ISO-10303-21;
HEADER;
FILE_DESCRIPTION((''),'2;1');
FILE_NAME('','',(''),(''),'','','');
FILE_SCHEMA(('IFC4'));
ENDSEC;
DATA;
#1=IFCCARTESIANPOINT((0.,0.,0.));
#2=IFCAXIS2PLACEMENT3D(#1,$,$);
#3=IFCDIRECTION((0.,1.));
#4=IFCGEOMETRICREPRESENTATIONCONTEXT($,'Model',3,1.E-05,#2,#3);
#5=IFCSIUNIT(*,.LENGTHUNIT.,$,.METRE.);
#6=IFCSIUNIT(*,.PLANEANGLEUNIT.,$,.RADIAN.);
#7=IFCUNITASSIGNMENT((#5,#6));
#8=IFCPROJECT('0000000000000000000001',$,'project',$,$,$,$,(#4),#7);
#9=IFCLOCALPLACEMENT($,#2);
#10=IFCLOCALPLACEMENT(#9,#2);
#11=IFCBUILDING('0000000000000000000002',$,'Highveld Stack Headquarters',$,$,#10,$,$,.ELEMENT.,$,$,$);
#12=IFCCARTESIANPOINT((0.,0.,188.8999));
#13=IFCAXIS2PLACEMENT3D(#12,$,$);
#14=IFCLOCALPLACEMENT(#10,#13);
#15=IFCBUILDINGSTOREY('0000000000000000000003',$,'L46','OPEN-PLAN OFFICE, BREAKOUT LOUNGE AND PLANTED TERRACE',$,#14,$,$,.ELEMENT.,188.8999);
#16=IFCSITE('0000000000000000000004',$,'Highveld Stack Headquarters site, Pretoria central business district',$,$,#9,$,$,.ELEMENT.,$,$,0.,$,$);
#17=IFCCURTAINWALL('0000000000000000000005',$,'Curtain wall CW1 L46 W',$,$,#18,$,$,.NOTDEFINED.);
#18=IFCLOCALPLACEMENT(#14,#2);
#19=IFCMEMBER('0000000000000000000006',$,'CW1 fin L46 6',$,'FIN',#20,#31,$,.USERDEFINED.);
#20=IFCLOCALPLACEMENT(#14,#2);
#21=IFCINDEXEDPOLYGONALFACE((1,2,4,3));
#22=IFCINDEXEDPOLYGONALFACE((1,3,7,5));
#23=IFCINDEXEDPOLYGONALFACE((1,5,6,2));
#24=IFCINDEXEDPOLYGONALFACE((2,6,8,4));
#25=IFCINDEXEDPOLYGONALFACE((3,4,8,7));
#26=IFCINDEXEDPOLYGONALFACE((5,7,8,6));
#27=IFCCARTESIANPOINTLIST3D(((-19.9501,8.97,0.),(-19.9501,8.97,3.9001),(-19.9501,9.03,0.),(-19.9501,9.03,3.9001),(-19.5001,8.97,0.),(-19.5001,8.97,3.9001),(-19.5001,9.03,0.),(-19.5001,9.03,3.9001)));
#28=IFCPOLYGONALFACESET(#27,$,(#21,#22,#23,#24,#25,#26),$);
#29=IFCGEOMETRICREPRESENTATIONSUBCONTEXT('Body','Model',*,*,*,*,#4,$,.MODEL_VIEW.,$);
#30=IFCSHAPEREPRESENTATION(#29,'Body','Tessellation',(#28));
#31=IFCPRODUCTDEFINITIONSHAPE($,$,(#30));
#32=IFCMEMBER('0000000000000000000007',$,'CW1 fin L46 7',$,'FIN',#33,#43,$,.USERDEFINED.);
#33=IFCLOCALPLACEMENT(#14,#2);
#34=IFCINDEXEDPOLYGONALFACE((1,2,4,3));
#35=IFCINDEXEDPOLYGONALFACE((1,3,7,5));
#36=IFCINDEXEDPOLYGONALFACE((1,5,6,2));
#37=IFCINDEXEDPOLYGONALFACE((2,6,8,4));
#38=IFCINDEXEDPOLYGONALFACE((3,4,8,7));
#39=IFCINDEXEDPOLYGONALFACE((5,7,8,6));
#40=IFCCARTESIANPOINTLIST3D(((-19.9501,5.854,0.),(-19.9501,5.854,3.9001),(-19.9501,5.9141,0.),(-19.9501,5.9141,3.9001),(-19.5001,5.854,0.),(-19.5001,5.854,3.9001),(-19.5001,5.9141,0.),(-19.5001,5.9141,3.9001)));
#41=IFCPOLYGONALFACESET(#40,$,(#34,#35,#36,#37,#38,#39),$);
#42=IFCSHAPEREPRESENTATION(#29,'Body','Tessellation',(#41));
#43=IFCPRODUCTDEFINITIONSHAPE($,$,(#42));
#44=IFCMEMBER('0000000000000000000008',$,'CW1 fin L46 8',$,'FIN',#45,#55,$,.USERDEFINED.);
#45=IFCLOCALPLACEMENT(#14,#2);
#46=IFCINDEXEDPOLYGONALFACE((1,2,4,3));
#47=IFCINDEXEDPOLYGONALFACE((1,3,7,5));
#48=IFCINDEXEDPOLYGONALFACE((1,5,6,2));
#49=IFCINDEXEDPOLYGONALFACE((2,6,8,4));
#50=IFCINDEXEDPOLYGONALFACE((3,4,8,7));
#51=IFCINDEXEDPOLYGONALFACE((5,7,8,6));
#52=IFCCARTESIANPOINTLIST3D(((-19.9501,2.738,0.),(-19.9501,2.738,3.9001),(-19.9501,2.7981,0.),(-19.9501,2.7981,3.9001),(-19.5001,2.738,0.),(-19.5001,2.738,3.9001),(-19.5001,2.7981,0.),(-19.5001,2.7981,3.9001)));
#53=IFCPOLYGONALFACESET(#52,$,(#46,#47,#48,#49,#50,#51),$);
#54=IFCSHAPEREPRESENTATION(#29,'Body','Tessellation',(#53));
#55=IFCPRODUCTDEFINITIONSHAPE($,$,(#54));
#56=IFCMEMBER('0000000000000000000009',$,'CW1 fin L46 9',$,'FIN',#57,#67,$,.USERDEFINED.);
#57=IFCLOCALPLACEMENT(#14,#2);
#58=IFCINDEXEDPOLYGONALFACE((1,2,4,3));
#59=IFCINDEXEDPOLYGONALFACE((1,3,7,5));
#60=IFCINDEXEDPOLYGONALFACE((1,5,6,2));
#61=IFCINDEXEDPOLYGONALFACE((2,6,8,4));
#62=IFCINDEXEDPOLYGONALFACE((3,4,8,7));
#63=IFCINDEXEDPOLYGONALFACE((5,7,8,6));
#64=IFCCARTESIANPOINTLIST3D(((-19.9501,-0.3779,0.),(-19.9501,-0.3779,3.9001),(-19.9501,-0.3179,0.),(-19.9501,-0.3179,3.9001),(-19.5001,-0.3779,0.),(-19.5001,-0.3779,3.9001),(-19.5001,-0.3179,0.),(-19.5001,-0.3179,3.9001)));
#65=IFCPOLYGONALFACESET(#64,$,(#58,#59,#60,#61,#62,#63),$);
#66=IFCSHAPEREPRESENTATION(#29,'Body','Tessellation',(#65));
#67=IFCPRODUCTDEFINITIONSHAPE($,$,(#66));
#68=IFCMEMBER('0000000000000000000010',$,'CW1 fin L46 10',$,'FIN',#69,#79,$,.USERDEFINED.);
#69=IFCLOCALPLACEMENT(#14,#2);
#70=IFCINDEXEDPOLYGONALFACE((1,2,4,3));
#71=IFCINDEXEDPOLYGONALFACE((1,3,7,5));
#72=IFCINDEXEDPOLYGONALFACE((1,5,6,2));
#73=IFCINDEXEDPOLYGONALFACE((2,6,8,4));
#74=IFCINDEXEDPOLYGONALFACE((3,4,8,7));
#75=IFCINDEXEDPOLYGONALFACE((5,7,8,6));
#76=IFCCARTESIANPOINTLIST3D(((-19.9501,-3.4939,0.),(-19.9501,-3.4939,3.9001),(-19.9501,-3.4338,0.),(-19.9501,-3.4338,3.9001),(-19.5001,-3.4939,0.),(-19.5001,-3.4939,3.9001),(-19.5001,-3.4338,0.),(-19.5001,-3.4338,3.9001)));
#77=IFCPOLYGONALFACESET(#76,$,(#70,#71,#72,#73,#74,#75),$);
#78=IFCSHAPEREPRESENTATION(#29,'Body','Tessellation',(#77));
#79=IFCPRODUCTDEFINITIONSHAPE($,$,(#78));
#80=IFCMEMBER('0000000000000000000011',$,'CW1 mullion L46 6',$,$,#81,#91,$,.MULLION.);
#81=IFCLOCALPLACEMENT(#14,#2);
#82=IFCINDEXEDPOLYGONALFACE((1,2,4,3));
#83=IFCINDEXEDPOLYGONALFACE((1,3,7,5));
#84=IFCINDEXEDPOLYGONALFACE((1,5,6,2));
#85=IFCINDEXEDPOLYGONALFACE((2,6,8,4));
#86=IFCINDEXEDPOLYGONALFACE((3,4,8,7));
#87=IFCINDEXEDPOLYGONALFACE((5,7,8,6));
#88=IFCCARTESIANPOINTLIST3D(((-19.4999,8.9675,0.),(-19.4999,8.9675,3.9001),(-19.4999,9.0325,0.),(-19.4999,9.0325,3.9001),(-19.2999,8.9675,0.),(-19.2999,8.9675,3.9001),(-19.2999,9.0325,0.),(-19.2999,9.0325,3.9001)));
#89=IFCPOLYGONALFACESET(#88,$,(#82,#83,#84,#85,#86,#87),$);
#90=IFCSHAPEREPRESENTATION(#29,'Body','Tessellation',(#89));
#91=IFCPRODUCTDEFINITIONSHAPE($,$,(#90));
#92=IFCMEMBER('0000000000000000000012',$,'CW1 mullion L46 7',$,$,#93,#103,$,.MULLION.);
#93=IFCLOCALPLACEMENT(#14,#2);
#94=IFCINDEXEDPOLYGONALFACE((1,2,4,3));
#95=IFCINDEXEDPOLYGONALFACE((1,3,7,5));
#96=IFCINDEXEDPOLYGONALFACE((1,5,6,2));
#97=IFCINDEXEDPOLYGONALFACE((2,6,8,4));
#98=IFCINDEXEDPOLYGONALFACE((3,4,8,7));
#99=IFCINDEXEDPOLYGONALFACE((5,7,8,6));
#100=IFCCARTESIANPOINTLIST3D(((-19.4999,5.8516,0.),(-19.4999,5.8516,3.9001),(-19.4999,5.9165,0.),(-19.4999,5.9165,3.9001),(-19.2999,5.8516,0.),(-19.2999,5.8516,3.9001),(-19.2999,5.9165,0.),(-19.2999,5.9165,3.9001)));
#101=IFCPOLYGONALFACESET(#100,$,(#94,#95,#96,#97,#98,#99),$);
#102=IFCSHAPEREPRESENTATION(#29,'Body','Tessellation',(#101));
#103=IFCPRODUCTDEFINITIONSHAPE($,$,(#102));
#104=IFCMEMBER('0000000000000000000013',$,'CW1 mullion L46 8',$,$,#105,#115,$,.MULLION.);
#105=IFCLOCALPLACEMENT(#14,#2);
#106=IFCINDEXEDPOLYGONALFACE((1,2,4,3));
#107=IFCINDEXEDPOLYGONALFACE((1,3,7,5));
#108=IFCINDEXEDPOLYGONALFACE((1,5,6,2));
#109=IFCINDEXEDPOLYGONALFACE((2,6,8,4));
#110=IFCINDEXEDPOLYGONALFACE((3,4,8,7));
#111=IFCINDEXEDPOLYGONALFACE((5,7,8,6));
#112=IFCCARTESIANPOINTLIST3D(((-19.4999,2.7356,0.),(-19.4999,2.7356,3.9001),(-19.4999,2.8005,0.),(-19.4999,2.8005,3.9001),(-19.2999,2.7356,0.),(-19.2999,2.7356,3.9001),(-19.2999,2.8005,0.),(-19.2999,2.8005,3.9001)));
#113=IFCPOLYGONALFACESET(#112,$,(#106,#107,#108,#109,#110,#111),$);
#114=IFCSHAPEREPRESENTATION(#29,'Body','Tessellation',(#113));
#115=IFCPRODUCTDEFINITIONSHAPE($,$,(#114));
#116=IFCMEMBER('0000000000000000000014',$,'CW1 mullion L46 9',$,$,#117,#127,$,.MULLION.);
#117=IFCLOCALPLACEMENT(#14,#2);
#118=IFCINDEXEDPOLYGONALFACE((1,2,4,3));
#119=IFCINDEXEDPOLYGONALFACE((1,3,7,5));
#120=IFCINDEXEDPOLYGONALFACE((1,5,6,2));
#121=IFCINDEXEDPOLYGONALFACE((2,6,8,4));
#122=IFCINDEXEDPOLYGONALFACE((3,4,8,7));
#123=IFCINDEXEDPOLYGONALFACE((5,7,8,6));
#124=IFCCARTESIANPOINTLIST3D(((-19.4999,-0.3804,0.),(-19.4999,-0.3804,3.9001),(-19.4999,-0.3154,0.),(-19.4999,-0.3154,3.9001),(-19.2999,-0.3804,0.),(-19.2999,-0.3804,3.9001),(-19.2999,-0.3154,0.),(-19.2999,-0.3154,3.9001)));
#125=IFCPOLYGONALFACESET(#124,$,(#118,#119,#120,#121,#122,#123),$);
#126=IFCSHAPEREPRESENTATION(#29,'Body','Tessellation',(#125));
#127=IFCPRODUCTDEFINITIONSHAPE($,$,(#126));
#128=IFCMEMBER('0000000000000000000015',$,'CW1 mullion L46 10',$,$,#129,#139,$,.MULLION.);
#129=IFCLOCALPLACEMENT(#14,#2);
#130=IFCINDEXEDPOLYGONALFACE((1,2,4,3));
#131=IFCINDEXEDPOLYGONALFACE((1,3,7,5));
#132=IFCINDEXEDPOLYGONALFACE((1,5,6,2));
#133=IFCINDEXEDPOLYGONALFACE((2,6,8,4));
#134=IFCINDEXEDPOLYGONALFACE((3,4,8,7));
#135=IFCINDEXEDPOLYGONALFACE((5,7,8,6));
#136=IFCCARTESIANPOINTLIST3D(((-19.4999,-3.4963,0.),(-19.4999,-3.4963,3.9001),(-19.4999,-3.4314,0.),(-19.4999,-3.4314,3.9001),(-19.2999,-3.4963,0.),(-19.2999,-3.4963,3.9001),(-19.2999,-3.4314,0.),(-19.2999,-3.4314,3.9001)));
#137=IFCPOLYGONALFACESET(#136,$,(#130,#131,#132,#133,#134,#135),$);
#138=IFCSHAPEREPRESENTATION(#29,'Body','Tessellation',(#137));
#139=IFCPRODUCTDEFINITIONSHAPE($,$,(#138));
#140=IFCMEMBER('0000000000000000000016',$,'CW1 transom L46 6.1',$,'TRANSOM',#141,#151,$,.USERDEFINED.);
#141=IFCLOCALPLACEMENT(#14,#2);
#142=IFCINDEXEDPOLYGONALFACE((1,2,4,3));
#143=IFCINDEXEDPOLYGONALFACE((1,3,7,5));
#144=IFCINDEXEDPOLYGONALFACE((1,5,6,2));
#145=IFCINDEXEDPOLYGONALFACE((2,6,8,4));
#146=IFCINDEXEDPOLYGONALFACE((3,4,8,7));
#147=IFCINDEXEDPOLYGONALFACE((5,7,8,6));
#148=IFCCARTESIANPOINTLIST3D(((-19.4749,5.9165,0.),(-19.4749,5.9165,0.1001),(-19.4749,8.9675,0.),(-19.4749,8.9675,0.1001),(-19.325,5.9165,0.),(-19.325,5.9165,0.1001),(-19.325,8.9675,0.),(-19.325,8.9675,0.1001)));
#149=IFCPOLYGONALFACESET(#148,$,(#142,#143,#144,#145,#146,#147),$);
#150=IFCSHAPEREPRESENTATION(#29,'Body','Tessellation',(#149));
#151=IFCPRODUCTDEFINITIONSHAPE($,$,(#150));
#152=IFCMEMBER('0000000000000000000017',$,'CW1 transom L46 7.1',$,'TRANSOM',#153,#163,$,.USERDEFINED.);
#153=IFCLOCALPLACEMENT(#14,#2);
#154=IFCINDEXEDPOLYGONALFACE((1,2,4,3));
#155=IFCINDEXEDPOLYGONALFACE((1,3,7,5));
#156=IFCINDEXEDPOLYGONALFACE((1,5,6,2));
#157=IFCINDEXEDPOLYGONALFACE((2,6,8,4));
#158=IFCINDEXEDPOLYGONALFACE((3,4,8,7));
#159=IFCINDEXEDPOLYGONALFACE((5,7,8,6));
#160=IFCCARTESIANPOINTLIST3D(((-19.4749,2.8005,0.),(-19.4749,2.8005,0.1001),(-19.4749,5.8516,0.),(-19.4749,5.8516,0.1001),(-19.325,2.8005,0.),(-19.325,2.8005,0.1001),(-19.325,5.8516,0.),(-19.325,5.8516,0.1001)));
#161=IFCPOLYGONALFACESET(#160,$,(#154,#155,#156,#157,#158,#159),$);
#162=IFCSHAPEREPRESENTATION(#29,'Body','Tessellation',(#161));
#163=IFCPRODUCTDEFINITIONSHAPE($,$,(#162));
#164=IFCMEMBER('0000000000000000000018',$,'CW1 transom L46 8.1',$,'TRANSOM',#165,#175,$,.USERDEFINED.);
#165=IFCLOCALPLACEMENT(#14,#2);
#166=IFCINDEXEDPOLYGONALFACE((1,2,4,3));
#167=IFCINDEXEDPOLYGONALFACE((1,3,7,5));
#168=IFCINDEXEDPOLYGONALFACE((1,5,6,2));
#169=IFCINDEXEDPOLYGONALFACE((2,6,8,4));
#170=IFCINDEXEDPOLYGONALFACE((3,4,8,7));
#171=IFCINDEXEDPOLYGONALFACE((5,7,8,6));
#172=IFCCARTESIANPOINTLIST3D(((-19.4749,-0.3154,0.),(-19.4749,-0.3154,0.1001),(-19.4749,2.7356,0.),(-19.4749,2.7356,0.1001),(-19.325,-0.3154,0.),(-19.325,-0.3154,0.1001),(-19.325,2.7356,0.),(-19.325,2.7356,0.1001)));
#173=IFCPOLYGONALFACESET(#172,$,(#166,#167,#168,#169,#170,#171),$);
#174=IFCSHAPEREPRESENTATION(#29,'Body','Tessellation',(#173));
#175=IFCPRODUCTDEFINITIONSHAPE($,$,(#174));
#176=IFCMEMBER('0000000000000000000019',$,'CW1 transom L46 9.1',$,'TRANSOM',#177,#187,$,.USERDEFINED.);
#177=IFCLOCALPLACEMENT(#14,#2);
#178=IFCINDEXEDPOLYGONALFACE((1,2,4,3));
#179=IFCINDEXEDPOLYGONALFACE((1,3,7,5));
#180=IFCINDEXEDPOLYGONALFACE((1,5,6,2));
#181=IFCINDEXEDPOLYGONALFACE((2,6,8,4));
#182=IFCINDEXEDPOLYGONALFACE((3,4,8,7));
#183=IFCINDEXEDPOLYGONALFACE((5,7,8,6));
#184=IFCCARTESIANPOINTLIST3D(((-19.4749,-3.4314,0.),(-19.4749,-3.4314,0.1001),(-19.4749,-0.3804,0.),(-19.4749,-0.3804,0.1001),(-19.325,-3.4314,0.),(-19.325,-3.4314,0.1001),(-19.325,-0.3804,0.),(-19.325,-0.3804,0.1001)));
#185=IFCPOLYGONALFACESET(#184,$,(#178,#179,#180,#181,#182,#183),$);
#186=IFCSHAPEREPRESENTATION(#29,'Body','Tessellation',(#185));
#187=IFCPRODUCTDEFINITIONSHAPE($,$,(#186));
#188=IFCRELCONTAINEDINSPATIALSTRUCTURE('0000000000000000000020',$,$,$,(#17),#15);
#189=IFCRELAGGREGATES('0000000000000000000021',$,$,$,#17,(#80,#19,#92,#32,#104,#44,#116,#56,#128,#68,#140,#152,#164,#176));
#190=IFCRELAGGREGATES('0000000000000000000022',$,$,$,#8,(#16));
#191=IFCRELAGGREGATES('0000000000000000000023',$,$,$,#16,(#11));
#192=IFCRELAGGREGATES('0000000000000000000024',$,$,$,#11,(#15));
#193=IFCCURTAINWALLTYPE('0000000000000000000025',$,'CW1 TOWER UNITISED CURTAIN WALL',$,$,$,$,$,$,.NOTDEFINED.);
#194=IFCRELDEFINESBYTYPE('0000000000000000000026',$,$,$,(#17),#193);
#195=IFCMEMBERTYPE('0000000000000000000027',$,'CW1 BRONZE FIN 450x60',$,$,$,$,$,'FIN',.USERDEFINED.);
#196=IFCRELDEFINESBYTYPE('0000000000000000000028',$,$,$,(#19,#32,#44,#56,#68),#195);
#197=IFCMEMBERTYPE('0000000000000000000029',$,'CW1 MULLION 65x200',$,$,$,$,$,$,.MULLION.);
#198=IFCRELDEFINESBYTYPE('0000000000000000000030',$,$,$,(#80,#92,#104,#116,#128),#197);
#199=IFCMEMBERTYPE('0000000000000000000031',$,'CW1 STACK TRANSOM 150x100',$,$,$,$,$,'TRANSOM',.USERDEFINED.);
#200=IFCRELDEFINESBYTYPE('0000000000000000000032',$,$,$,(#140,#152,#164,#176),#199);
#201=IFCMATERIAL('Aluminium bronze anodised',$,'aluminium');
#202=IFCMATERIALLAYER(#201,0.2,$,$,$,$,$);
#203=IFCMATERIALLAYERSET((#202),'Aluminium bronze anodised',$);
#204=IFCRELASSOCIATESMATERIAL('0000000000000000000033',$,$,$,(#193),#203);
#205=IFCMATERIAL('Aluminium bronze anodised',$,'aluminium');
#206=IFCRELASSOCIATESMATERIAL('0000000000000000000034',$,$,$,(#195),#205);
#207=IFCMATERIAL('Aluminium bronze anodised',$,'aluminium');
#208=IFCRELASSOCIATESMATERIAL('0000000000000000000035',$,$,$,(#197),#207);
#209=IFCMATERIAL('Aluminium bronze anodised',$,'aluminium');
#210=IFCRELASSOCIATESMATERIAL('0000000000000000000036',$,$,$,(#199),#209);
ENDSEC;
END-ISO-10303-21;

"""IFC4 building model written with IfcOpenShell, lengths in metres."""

from ifc_helpers import new_model, si_unit, direction, frame, origin, origin_2d, place, context, subcontext, project, spatial, rectangle, extrude, material, layer, layer_set, material_profile, profile_set, type_object, element, aggregate, save


model = new_model("IFC4")

# Units and contexts
model_context = context("Model", 3, precision=1e-05, world=origin(), true_north=direction((0.0, 1.0)))
body_context = subcontext(model_context, "Body", "Model", "MODEL_VIEW")
ifc_project = project(units=[si_unit("LENGTHUNIT", "METRE"), si_unit("PLANEANGLEUNIT", "RADIAN")], contexts=[model_context])

# Site, building, storey
site_placement = place(None, origin())
site = spatial("IfcSite", under=ifc_project, at=site_placement, Name="Highveld Stack Headquarters site, Pretoria central business district", CompositionType="ELEMENT", RefElevation=0.0)
building_placement = place(site_placement, origin())
building = spatial("IfcBuilding", under=site, at=building_placement, Name="Highveld Stack Headquarters", CompositionType="ELEMENT")
storey_placement = place(building_placement, frame((0.0, 0.0, 188.8999)))
storey = spatial("IfcBuildingStorey", under=building, at=storey_placement, Name="L46", Description="OPEN-PLAN OFFICE, BREAKOUT LOUNGE AND PLANTED TERRACE", CompositionType="ELEMENT", Elevation=188.8999)

# Curtain wall, members
ifc_material_1 = material(Name="Aluminium bronze anodised", Category="aluminium")
ifc_layer_1 = layer(ifc_material_1, 0.2)
ifc_layer_set_1 = layer_set([ifc_layer_1], Name="Aluminium bronze anodised")
curtain_wall_type = type_object("IfcCurtainWallType", Name="CW1 TOWER UNITISED CURTAIN WALL", PredefinedType="NOTDEFINED", material=ifc_layer_set_1)
curtain_wall_placement = place(storey_placement, origin())
curtain_wall = element("IfcCurtainWall", 1, at=curtain_wall_placement, inside=storey, type_object=curtain_wall_type, Name="Curtain wall CW1 L46 W", PredefinedType="NOTDEFINED")
ifc_material_2 = material(Name="Aluminium bronze anodised", Category="aluminium")
ifc_material_profile_1 = material_profile(ifc_material_2, rectangle(XDim=0.45, YDim=0.0601, at=origin_2d()), Name="FIN 450x60")
ifc_profile_set_1 = profile_set([ifc_material_profile_1], Name="Aluminium bronze anodised")
member_type_1 = type_object("IfcMemberType", Name="CW1 BRONZE FIN 450x60", ElementType="FIN", PredefinedType="USERDEFINED", material=ifc_profile_set_1)
member_1_placement = place(storey_placement, frame((-19.7251, 9.0, 0.0), z_axis=(0.0, 0.0, 1.0), x_axis=(1.0, 0.0, 0.0)))
member_1 = element("IfcMember", 2, at=member_1_placement, type_object=member_type_1, Name="CW1 fin L46 6", ObjectType="FIN", PredefinedType="USERDEFINED", context=body_context, shape_type="SweptSolid", body=[
    extrude(rectangle(XDim=0.45, YDim=0.0601, at=origin_2d()), origin(), (0.0, 0.0, 1.0), 3.9001),
])
member_2_placement = place(storey_placement, frame((-19.7251, 5.884, 0.0), z_axis=(0.0, 0.0, 1.0), x_axis=(1.0, 0.0, 0.0)))
member_2 = element("IfcMember", 3, at=member_2_placement, type_object=member_type_1, Name="CW1 fin L46 7", ObjectType="FIN", PredefinedType="USERDEFINED", context=body_context, shape_type="SweptSolid", body=[
    extrude(rectangle(XDim=0.45, YDim=0.0601, at=origin_2d()), origin(), (0.0, 0.0, 1.0), 3.9001),
])
member_3_placement = place(storey_placement, frame((-19.7251, 2.7681, 0.0), z_axis=(0.0, 0.0, 1.0), x_axis=(1.0, 0.0, 0.0)))
member_3 = element("IfcMember", 4, at=member_3_placement, type_object=member_type_1, Name="CW1 fin L46 8", ObjectType="FIN", PredefinedType="USERDEFINED", context=body_context, shape_type="SweptSolid", body=[
    extrude(rectangle(XDim=0.45, YDim=0.0601, at=origin_2d()), origin(), (0.0, 0.0, 1.0), 3.9001),
])
member_4_placement = place(storey_placement, frame((-19.7251, -0.3479, 0.0), z_axis=(0.0, 0.0, 1.0), x_axis=(1.0, 0.0, 0.0)))
member_4 = element("IfcMember", 5, at=member_4_placement, type_object=member_type_1, Name="CW1 fin L46 9", ObjectType="FIN", PredefinedType="USERDEFINED", context=body_context, shape_type="SweptSolid", body=[
    extrude(rectangle(XDim=0.45, YDim=0.0601, at=origin_2d()), origin(), (0.0, 0.0, 1.0), 3.9001),
])
member_5_placement = place(storey_placement, frame((-19.7251, -3.4639, 0.0), z_axis=(0.0, 0.0, 1.0), x_axis=(1.0, 0.0, 0.0)))
member_5 = element("IfcMember", 6, at=member_5_placement, type_object=member_type_1, Name="CW1 fin L46 10", ObjectType="FIN", PredefinedType="USERDEFINED", context=body_context, shape_type="SweptSolid", body=[
    extrude(rectangle(XDim=0.45, YDim=0.0601, at=origin_2d()), origin(), (0.0, 0.0, 1.0), 3.9001),
])
ifc_material_3 = material(Name="Aluminium bronze anodised", Category="aluminium")
ifc_material_profile_2 = material_profile(ifc_material_3, rectangle(XDim=0.2, YDim=0.0649, at=origin_2d()), Name="CW1 MULLION 65x200")
ifc_profile_set_2 = profile_set([ifc_material_profile_2], Name="Aluminium bronze anodised")
member_type_2 = type_object("IfcMemberType", Name="CW1 MULLION 65x200", PredefinedType="MULLION", material=ifc_profile_set_2)
member_6_placement = place(storey_placement, frame((-19.3999, 9.0, 0.0), z_axis=(0.0, 0.0, 1.0), x_axis=(1.0, 0.0, 0.0)))
member_6 = element("IfcMember", 7, at=member_6_placement, type_object=member_type_2, Name="CW1 mullion L46 6", PredefinedType="MULLION", context=body_context, shape_type="SweptSolid", body=[
    extrude(rectangle(XDim=0.2, YDim=0.0649, at=origin_2d()), origin(), (0.0, 0.0, 1.0), 3.9001),
])
member_7_placement = place(storey_placement, frame((-19.3999, 5.884, 0.0), z_axis=(0.0, 0.0, 1.0), x_axis=(1.0, 0.0, 0.0)))
member_7 = element("IfcMember", 8, at=member_7_placement, type_object=member_type_2, Name="CW1 mullion L46 7", PredefinedType="MULLION", context=body_context, shape_type="SweptSolid", body=[
    extrude(rectangle(XDim=0.2, YDim=0.0649, at=origin_2d()), origin(), (0.0, 0.0, 1.0), 3.9001),
])
member_8_placement = place(storey_placement, frame((-19.3999, 2.7681, 0.0), z_axis=(0.0, 0.0, 1.0), x_axis=(1.0, 0.0, 0.0)))
member_8 = element("IfcMember", 9, at=member_8_placement, type_object=member_type_2, Name="CW1 mullion L46 8", PredefinedType="MULLION", context=body_context, shape_type="SweptSolid", body=[
    extrude(rectangle(XDim=0.2, YDim=0.0649, at=origin_2d()), origin(), (0.0, 0.0, 1.0), 3.9001),
])
member_9_placement = place(storey_placement, frame((-19.3999, -0.3479, 0.0), z_axis=(0.0, 0.0, 1.0), x_axis=(1.0, 0.0, 0.0)))
member_9 = element("IfcMember", 10, at=member_9_placement, type_object=member_type_2, Name="CW1 mullion L46 9", PredefinedType="MULLION", context=body_context, shape_type="SweptSolid", body=[
    extrude(rectangle(XDim=0.2, YDim=0.0649, at=origin_2d()), origin(), (0.0, 0.0, 1.0), 3.9001),
])
member_10_placement = place(storey_placement, frame((-19.3999, -3.4639, 0.0), z_axis=(0.0, 0.0, 1.0), x_axis=(1.0, 0.0, 0.0)))
member_10 = element("IfcMember", 11, at=member_10_placement, type_object=member_type_2, Name="CW1 mullion L46 10", PredefinedType="MULLION", context=body_context, shape_type="SweptSolid", body=[
    extrude(rectangle(XDim=0.2, YDim=0.0649, at=origin_2d()), origin(), (0.0, 0.0, 1.0), 3.9001),
])
ifc_material_4 = material(Name="Aluminium bronze anodised", Category="aluminium")
ifc_material_profile_3 = material_profile(ifc_material_4, rectangle(XDim=0.1499, YDim=0.1001, at=origin_2d()), Name="CW1 TRANSOM 150x100")
ifc_profile_set_3 = profile_set([ifc_material_profile_3], Name="Aluminium bronze anodised")
member_type_3 = type_object("IfcMemberType", Name="CW1 STACK TRANSOM 150x100", ElementType="TRANSOM", PredefinedType="USERDEFINED", material=ifc_profile_set_3)
member_11_placement = place(storey_placement, frame((-19.3999, 8.9675, 0.05), z_axis=(0.0, -1.0, 0.0), x_axis=(1.0, 0.0, 0.0)))
member_11 = element("IfcMember", 12, at=member_11_placement, type_object=member_type_3, Name="CW1 transom L46 6.1", ObjectType="TRANSOM", PredefinedType="USERDEFINED", context=body_context, shape_type="SweptSolid", body=[
    extrude(rectangle(XDim=0.1499, YDim=0.1001, at=origin_2d()), origin(), (0.0, 0.0, 1.0), 3.051),
])
member_12_placement = place(storey_placement, frame((-19.3999, 5.8516, 0.05), z_axis=(0.0, -1.0, 0.0), x_axis=(1.0, 0.0, 0.0)))
member_12 = element("IfcMember", 13, at=member_12_placement, type_object=member_type_3, Name="CW1 transom L46 7.1", ObjectType="TRANSOM", PredefinedType="USERDEFINED", context=body_context, shape_type="SweptSolid", body=[
    extrude(rectangle(XDim=0.1499, YDim=0.1001, at=origin_2d()), origin(), (0.0, 0.0, 1.0), 3.051),
])
member_13_placement = place(storey_placement, frame((-19.3999, 2.7356, 0.05), z_axis=(0.0, -1.0, 0.0), x_axis=(1.0, 0.0, 0.0)))
member_13 = element("IfcMember", 14, at=member_13_placement, type_object=member_type_3, Name="CW1 transom L46 8.1", ObjectType="TRANSOM", PredefinedType="USERDEFINED", context=body_context, shape_type="SweptSolid", body=[
    extrude(rectangle(XDim=0.1499, YDim=0.1001, at=origin_2d()), origin(), (0.0, 0.0, 1.0), 3.051),
])
member_14_placement = place(storey_placement, frame((-19.3999, -0.3804, 0.05), z_axis=(0.0, -1.0, 0.0), x_axis=(1.0, 0.0, 0.0)))
member_14 = element("IfcMember", 15, at=member_14_placement, type_object=member_type_3, Name="CW1 transom L46 9.1", ObjectType="TRANSOM", PredefinedType="USERDEFINED", context=body_context, shape_type="SweptSolid", body=[
    extrude(rectangle(XDim=0.1499, YDim=0.1001, at=origin_2d()), origin(), (0.0, 0.0, 1.0), 3.051),
])

aggregate(curtain_wall, [member_6, member_1, member_7, member_2, member_8, member_3, member_9, member_4, member_10, member_5, member_11, member_12, member_13, member_14])

save(model, "model.ifc")
